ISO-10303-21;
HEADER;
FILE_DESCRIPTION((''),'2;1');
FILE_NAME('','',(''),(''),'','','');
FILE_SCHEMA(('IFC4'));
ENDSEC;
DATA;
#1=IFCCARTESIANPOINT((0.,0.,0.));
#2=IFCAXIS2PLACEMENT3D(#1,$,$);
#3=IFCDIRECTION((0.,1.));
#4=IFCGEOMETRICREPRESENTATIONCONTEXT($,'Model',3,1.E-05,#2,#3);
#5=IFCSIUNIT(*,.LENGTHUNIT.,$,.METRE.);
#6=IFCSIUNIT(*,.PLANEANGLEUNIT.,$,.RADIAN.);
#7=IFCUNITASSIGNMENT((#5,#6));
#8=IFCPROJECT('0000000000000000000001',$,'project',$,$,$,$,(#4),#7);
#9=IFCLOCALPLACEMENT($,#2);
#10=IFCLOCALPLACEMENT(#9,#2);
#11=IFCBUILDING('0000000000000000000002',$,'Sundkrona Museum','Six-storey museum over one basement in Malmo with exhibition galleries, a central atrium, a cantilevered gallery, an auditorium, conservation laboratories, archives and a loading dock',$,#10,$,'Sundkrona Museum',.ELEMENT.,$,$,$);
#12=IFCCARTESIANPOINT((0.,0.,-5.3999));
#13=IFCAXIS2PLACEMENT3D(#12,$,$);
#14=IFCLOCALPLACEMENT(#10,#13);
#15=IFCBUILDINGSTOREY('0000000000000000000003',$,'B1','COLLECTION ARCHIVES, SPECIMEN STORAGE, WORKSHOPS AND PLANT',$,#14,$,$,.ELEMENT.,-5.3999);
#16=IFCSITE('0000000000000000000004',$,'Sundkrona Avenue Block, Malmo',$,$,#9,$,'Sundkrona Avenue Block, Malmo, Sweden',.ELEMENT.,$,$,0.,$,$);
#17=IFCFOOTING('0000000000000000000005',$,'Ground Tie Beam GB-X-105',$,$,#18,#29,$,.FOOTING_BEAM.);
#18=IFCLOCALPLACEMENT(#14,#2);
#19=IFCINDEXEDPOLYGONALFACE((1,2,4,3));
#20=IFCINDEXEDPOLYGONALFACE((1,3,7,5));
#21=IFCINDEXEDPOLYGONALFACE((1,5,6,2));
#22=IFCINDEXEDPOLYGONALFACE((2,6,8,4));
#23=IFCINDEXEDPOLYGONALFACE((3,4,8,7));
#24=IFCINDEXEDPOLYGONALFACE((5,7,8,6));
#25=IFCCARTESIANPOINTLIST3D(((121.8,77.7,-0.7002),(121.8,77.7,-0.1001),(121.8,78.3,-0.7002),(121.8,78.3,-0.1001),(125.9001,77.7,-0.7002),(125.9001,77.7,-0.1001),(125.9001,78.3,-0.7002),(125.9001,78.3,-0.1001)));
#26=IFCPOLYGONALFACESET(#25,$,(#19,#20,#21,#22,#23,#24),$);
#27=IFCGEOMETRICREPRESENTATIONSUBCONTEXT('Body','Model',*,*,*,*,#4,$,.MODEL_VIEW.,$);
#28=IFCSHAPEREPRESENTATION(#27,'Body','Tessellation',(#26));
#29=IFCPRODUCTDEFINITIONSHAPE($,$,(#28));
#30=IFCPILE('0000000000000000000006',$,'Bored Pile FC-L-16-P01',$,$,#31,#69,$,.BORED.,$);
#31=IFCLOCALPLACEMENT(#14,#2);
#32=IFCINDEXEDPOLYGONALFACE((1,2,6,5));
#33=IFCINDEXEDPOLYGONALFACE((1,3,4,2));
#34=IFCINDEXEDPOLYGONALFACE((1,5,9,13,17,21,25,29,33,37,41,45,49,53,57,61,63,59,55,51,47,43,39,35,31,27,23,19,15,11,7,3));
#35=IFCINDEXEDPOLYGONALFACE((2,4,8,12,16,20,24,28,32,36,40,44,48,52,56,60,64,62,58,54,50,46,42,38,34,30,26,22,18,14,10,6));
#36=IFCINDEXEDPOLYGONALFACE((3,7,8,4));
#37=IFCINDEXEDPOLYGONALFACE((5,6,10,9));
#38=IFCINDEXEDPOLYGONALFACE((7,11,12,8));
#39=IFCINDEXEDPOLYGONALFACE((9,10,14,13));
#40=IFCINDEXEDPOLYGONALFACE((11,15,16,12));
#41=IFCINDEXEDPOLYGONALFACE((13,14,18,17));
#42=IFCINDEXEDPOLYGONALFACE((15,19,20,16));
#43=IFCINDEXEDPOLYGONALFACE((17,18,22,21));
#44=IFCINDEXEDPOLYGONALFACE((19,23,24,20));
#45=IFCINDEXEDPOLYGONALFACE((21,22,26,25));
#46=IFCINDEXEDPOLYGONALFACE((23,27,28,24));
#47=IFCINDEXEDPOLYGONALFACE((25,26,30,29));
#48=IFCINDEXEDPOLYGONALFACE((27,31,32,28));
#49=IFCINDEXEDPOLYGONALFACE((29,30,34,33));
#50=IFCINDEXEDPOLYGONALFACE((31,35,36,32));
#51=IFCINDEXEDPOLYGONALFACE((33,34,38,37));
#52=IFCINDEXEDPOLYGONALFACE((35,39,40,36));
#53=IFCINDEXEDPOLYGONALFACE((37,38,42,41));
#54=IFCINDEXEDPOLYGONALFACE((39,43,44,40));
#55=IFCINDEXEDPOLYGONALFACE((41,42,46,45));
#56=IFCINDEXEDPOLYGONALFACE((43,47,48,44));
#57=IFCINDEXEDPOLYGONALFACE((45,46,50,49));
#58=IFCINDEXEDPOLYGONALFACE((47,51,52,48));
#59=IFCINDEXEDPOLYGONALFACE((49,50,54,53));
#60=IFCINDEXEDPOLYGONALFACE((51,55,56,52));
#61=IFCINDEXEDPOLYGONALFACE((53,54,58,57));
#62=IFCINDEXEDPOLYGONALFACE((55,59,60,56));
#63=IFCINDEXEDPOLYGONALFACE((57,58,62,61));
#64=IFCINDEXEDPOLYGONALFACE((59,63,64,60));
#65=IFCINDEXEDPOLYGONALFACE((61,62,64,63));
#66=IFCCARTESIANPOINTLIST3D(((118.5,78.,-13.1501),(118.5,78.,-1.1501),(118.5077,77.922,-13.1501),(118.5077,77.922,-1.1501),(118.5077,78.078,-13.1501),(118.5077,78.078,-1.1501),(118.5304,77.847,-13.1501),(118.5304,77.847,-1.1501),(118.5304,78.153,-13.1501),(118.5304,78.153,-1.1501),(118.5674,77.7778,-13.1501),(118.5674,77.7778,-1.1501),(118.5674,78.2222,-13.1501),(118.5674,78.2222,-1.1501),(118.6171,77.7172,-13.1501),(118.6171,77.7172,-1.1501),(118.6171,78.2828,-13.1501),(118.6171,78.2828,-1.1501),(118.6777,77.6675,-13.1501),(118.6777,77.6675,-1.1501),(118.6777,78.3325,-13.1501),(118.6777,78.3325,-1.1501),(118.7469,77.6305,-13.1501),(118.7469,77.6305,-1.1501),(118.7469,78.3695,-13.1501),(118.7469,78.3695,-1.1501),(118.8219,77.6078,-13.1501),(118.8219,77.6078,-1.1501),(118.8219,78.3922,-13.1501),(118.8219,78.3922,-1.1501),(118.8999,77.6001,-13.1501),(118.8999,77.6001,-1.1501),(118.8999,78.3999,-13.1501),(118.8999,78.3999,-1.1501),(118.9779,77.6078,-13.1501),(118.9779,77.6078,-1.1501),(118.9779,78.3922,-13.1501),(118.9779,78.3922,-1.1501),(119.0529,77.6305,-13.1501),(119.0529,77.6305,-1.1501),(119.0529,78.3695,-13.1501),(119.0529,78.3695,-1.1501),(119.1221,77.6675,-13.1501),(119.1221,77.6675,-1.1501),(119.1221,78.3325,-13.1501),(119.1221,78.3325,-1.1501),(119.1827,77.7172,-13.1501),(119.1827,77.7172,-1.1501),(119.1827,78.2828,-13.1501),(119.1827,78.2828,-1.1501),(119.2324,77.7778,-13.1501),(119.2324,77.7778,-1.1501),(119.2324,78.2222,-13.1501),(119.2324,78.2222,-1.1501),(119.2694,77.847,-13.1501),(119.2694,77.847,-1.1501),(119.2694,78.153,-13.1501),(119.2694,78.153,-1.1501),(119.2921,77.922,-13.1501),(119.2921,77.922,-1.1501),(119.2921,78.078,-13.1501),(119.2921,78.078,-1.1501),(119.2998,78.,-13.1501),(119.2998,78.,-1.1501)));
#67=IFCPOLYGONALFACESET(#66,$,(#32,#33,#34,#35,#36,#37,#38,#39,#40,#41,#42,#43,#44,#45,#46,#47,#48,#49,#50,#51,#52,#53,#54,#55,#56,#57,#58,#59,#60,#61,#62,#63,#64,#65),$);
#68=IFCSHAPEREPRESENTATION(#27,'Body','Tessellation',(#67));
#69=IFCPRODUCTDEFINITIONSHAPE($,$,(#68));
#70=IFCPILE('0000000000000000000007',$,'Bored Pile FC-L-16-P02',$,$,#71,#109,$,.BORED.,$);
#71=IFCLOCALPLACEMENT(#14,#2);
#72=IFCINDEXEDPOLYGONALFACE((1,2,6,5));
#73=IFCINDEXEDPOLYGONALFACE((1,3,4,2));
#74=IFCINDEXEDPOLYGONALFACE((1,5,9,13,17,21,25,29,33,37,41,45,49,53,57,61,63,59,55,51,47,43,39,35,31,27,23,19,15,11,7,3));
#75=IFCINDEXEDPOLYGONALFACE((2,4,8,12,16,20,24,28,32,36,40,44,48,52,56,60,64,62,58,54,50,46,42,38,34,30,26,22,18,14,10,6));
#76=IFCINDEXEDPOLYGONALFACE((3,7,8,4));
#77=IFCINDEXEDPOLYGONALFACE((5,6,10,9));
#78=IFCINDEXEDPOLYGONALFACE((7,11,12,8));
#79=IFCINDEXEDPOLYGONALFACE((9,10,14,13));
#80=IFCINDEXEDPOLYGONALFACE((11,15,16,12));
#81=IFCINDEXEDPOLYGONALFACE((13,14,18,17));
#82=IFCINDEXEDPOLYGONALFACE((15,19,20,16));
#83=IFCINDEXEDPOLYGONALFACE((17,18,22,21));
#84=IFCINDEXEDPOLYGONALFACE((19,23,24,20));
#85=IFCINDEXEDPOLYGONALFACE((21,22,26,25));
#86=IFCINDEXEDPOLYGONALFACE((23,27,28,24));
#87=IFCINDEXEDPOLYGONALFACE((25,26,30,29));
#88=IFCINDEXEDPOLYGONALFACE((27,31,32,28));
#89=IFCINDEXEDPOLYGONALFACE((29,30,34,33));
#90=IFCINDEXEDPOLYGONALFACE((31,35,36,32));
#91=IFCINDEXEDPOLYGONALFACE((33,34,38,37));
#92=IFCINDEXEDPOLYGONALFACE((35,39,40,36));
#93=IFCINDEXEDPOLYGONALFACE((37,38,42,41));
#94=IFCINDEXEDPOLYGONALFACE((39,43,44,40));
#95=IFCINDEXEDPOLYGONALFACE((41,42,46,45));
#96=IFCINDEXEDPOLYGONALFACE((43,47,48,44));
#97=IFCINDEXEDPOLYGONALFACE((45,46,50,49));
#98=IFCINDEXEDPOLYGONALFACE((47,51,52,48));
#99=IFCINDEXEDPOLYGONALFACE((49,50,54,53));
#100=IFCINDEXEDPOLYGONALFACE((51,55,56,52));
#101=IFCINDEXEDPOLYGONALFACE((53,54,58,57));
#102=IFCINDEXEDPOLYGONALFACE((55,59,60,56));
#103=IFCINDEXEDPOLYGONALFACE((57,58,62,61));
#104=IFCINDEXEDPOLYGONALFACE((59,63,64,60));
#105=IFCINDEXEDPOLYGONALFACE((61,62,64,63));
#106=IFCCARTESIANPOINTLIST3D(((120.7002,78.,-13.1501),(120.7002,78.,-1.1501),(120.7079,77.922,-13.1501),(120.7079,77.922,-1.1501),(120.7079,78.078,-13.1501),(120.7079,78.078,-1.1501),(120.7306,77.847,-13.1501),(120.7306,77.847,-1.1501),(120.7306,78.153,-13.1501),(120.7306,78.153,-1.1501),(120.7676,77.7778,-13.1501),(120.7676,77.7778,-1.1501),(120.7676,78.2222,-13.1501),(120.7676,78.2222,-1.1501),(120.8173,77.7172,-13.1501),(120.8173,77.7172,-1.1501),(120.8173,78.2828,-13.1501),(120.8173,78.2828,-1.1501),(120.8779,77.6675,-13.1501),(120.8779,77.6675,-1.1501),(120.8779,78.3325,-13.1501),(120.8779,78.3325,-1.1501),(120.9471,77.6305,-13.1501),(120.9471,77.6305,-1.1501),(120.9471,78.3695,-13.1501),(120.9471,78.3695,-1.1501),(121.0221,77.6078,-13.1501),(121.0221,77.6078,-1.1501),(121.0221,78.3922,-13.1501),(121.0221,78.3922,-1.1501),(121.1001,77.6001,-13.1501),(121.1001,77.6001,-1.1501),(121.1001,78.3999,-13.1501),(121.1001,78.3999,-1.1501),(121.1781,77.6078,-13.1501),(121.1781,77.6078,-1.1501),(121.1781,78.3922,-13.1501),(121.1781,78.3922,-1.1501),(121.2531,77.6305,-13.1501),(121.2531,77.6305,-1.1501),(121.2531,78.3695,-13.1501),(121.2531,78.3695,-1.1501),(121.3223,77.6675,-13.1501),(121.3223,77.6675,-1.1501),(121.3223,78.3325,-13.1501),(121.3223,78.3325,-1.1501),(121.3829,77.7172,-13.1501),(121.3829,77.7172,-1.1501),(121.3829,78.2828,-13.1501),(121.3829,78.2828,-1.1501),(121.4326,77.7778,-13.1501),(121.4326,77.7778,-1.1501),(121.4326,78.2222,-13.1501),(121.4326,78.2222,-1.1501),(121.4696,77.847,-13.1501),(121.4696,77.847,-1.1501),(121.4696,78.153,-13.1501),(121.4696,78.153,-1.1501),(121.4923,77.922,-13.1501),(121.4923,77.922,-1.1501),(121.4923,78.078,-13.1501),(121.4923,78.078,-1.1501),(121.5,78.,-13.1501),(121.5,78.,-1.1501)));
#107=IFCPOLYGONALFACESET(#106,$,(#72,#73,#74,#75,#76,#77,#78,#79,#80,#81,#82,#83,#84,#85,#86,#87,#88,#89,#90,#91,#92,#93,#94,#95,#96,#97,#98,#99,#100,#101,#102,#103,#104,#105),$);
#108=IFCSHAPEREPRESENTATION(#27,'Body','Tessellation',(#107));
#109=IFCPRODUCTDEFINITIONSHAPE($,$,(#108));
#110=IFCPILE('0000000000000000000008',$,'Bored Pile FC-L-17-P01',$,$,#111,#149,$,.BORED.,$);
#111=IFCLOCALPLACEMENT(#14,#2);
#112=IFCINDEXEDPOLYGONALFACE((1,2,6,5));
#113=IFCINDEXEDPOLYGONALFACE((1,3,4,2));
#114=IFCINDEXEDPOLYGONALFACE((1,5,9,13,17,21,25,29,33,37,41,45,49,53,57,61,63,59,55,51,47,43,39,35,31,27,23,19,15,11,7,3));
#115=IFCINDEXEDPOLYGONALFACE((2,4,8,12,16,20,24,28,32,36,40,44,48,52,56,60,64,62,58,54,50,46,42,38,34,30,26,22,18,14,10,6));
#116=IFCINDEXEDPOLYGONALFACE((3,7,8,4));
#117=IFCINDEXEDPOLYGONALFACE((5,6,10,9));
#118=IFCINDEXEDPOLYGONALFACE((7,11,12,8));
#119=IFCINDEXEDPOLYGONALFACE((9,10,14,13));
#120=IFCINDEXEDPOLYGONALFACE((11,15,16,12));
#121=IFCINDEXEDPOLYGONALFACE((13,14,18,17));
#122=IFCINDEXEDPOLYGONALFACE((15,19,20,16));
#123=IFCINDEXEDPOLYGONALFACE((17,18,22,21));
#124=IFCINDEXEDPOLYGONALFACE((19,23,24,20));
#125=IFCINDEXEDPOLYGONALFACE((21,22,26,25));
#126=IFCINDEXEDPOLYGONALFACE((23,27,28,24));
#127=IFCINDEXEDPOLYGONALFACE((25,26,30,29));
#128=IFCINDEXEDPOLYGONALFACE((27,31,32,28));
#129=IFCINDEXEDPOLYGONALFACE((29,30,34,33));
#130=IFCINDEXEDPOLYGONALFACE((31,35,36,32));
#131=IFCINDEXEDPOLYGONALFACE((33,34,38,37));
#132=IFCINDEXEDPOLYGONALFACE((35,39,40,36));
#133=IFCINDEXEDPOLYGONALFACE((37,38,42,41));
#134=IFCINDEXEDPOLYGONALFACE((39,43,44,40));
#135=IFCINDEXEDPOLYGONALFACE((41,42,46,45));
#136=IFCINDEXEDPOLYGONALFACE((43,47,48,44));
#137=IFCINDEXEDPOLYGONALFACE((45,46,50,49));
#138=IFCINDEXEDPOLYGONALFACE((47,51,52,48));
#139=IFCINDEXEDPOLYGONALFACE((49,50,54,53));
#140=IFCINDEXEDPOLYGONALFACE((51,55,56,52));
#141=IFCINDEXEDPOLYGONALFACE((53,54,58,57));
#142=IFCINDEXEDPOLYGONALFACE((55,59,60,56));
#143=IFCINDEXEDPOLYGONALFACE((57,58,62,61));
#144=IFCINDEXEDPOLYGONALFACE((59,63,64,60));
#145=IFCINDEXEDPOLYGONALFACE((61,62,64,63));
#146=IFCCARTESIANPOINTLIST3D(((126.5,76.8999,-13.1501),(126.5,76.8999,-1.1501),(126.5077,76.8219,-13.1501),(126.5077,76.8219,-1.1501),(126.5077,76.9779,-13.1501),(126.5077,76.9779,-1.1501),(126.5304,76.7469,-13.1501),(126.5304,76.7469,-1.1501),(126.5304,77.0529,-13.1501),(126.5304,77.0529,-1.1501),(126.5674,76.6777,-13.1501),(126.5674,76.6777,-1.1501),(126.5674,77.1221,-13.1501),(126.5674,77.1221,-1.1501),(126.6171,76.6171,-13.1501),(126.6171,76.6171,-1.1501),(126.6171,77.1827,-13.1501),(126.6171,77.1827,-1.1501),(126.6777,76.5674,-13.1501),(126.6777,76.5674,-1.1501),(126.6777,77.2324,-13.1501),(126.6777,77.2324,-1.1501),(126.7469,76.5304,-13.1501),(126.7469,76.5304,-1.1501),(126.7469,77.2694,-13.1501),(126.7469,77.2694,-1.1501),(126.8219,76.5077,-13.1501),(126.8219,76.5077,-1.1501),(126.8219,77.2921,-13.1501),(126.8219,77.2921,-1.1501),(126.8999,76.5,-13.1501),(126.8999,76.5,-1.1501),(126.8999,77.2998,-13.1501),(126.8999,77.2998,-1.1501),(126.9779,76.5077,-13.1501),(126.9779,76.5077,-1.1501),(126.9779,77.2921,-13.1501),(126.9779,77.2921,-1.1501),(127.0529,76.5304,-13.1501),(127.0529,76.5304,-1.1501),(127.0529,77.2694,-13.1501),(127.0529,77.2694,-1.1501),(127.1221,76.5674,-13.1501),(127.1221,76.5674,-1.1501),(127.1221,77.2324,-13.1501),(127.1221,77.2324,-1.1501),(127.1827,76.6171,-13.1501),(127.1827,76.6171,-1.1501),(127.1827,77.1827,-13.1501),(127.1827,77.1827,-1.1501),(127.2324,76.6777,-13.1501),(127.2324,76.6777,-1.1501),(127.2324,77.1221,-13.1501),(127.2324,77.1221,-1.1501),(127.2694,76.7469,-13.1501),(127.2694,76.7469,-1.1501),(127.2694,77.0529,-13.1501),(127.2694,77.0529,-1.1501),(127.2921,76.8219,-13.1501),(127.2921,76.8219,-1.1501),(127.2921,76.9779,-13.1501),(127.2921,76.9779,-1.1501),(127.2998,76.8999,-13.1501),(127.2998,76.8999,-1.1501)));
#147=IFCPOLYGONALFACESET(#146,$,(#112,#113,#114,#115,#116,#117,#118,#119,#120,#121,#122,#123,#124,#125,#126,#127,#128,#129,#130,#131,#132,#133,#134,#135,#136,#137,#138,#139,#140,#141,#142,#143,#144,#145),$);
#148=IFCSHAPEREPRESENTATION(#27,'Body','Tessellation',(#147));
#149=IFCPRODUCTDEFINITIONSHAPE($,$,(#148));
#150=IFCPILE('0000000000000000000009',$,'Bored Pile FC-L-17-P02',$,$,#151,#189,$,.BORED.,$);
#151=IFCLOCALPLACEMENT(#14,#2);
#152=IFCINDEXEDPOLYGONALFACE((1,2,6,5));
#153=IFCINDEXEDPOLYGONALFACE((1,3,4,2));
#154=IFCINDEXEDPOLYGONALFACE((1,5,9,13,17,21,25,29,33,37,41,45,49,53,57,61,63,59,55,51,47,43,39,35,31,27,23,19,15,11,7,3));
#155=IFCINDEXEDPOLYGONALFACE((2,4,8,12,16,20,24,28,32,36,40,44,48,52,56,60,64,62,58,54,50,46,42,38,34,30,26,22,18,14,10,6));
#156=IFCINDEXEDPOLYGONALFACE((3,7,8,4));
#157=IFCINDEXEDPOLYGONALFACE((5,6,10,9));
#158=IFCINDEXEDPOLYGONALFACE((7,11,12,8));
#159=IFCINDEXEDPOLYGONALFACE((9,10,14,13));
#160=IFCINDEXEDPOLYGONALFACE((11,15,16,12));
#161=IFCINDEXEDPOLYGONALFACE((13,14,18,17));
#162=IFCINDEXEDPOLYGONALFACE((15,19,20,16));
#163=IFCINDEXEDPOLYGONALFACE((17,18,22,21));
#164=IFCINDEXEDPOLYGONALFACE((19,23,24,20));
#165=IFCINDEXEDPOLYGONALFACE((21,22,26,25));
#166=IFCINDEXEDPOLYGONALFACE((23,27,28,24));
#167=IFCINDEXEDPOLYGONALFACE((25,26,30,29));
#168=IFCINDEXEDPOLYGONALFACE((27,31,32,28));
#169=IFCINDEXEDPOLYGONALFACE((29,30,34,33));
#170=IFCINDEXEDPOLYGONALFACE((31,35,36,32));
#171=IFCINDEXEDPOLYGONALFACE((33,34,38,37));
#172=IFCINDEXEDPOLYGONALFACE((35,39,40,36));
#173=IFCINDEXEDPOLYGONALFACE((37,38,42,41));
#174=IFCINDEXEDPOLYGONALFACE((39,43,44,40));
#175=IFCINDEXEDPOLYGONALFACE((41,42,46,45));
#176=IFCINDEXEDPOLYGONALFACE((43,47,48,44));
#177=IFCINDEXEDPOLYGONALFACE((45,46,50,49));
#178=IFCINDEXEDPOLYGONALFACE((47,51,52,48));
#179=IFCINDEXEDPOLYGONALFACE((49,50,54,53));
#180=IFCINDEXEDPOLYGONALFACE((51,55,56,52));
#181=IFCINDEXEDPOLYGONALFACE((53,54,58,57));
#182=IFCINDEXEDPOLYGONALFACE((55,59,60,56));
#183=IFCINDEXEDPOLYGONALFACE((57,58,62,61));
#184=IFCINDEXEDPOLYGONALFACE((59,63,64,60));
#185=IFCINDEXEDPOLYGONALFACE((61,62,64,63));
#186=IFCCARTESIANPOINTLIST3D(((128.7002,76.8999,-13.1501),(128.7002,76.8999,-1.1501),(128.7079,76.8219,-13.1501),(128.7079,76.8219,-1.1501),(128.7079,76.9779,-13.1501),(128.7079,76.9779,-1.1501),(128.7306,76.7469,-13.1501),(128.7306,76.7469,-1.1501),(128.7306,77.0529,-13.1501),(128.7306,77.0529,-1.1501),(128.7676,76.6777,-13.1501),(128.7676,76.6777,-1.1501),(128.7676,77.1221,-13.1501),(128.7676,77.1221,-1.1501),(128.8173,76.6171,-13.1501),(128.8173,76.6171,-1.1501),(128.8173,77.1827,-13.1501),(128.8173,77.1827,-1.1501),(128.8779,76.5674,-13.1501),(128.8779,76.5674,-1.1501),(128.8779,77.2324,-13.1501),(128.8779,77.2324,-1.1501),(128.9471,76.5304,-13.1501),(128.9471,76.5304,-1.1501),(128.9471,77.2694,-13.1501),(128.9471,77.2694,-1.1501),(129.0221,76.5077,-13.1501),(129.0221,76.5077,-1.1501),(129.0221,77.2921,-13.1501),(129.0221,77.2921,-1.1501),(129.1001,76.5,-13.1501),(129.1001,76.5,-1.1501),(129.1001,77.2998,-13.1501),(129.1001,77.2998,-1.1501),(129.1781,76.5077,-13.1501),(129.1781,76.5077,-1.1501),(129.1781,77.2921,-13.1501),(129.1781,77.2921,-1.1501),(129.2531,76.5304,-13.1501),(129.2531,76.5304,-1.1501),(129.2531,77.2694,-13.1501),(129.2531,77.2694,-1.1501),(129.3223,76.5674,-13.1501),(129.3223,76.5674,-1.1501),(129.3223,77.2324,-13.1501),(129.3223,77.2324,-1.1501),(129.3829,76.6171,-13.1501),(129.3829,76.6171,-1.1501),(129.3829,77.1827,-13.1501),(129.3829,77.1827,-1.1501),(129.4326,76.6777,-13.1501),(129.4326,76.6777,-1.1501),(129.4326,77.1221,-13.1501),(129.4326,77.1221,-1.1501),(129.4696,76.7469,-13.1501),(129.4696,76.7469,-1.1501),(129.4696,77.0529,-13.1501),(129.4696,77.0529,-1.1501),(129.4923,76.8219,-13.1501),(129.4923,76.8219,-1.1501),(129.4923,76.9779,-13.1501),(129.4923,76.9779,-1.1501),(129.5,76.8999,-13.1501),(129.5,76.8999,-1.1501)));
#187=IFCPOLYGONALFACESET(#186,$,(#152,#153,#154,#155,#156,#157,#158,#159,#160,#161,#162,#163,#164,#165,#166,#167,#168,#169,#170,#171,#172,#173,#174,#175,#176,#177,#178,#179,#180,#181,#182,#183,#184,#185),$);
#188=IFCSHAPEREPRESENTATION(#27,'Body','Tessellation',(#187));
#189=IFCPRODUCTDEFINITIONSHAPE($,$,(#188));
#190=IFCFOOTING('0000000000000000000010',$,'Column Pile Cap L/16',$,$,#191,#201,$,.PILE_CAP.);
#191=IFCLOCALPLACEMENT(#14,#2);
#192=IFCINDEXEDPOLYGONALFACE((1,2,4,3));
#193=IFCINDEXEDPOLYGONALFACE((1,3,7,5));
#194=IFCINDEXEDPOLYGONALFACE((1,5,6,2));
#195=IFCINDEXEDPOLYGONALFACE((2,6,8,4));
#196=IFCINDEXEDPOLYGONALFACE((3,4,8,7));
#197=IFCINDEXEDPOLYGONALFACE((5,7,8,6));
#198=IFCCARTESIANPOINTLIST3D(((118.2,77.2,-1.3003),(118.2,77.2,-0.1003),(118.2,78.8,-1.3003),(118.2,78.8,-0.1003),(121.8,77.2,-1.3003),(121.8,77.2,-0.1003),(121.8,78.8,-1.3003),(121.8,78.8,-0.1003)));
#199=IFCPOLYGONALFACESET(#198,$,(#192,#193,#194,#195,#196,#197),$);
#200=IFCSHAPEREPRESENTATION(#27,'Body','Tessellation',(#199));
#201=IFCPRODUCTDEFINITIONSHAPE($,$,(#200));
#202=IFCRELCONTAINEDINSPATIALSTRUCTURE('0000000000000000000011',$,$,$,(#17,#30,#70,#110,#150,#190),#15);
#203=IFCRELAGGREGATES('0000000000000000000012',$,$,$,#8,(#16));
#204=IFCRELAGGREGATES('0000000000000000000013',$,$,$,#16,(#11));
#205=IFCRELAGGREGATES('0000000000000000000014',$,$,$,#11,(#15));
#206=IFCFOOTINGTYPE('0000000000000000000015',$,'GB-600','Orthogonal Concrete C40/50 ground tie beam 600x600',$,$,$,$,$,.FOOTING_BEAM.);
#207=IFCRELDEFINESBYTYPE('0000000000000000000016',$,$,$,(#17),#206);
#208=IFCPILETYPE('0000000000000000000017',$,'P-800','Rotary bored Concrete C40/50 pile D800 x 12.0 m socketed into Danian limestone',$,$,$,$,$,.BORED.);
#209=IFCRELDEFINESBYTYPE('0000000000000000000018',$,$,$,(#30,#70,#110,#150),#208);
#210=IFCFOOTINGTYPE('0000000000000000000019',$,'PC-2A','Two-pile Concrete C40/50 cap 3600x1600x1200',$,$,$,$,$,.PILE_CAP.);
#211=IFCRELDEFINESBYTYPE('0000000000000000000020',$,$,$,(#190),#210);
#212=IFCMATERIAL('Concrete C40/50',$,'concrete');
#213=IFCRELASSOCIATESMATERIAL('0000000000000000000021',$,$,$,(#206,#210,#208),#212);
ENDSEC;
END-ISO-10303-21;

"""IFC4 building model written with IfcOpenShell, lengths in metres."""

from ifc_helpers import new_model, si_unit, direction, frame, origin, origin_2d, place, context, subcontext, project, spatial, rectangle, circle, extrude, material, material_profile, profile_set, type_object, element, save


model = new_model("IFC4")

# Units and contexts
model_context = context("Model", 3, precision=1e-05, world=origin(), true_north=direction((0.0, 1.0)))
body_context = subcontext(model_context, "Body", "Model", "MODEL_VIEW")
ifc_project = project(units=[si_unit("LENGTHUNIT", "METRE"), si_unit("PLANEANGLEUNIT", "RADIAN")], contexts=[model_context])

# Site, building, storey
site_placement = place(None, origin())
site = spatial("IfcSite", under=ifc_project, at=site_placement, Name="Sundkrona Avenue Block, Malmo", LongName="Sundkrona Avenue Block, Malmo, Sweden", CompositionType="ELEMENT", RefElevation=0.0)
building_placement = place(site_placement, origin())
building = spatial("IfcBuilding", under=site, at=building_placement, Name="Sundkrona Museum", Description="Six-storey museum over one basement in Malmo with exhibition galleries, a central atrium, a cantilevered gallery, an auditorium, conservation laboratories, archives and a loading dock", LongName="Sundkrona Museum", CompositionType="ELEMENT")
storey_placement = place(building_placement, frame((0.0, 0.0, -5.3999)))
storey = spatial("IfcBuildingStorey", under=building, at=storey_placement, Name="B1", Description="COLLECTION ARCHIVES, SPECIMEN STORAGE, WORKSHOPS AND PLANT", CompositionType="ELEMENT", Elevation=-5.3999)

# Footing
ifc_material_1 = material(Name="Concrete C40/50", Category="concrete")
footing_type_1 = type_object("IfcFootingType", Name="GB-600", Description="Orthogonal Concrete C40/50 ground tie beam 600x600", PredefinedType="FOOTING_BEAM", material=ifc_material_1)
footing_1_placement = place(storey_placement, frame((123.8501, 78.0, -0.7002), z_axis=(0.0, 0.0, 1.0), x_axis=(1.0, 0.0, 0.0)))
element("IfcFooting", 1, at=footing_1_placement, inside=storey, type_object=footing_type_1, Name="Ground Tie Beam GB-X-105", PredefinedType="FOOTING_BEAM", context=body_context, shape_type="SweptSolid", body=[
    extrude(rectangle(XDim=4.1001, YDim=0.6001, at=origin_2d()), origin(), (0.0, 0.0, 1.0), 0.6001),
])

# Piles
ifc_material_profile_1 = material_profile(ifc_material_1, circle(Radius=0.3999, at=origin_2d()), Name="PILE D800")
ifc_profile_set_1 = profile_set([ifc_material_profile_1], Name="Concrete C40/50")
pile_type = type_object("IfcPileType", Name="P-800", Description="Rotary bored Concrete C40/50 pile D800 x 12.0 m socketed into Danian limestone", PredefinedType="BORED", material=ifc_profile_set_1)
for number, where, z_axis, x_axis, name in (
    (2, (118.8999, 78.0, -1.1501), (0.0, 0.0, -1.0), (1.0, 0.0, 0.0), "Bored Pile FC-L-16-P01"),
    (3, (121.1001, 78.0, -1.1501), (0.0, 0.0, -1.0), (1.0, 0.0, 0.0), "Bored Pile FC-L-16-P02"),
    (4, (126.8999, 76.8999, -1.1501), (0.0, 0.0, -1.0), (1.0, 0.0, 0.0), "Bored Pile FC-L-17-P01"),
    (5, (129.1001, 76.8999, -1.1501), (0.0, 0.0, -1.0), (1.0, 0.0, 0.0), "Bored Pile FC-L-17-P02"),
):
    element("IfcPile", number, at=place(storey_placement, frame(where, z_axis=z_axis, x_axis=x_axis)), inside=storey, type_object=pile_type, Name=name, PredefinedType="BORED", context=body_context, shape_type="SweptSolid", body=[
        extrude(circle(Radius=0.3999, at=origin_2d()), origin(), (0.0, 0.0, 1.0), 12.0),
    ])

# Footing
footing_type_2 = type_object("IfcFootingType", Name="PC-2A", Description="Two-pile Concrete C40/50 cap 3600x1600x1200", PredefinedType="PILE_CAP", material=ifc_material_1)
footing_2_placement = place(storey_placement, frame((120.0, 78.0, -1.3003), z_axis=(0.0, 0.0, 1.0), x_axis=(1.0, 0.0, 0.0)))
element("IfcFooting", 6, at=footing_2_placement, inside=storey, type_object=footing_type_2, Name="Column Pile Cap L/16", PredefinedType="PILE_CAP", context=body_context, shape_type="SweptSolid", body=[
    extrude(rectangle(XDim=3.6001, YDim=1.6001, at=origin_2d()), origin(), (0.0, 0.0, 1.0), 1.2),
])

save(model, "model.ifc")
